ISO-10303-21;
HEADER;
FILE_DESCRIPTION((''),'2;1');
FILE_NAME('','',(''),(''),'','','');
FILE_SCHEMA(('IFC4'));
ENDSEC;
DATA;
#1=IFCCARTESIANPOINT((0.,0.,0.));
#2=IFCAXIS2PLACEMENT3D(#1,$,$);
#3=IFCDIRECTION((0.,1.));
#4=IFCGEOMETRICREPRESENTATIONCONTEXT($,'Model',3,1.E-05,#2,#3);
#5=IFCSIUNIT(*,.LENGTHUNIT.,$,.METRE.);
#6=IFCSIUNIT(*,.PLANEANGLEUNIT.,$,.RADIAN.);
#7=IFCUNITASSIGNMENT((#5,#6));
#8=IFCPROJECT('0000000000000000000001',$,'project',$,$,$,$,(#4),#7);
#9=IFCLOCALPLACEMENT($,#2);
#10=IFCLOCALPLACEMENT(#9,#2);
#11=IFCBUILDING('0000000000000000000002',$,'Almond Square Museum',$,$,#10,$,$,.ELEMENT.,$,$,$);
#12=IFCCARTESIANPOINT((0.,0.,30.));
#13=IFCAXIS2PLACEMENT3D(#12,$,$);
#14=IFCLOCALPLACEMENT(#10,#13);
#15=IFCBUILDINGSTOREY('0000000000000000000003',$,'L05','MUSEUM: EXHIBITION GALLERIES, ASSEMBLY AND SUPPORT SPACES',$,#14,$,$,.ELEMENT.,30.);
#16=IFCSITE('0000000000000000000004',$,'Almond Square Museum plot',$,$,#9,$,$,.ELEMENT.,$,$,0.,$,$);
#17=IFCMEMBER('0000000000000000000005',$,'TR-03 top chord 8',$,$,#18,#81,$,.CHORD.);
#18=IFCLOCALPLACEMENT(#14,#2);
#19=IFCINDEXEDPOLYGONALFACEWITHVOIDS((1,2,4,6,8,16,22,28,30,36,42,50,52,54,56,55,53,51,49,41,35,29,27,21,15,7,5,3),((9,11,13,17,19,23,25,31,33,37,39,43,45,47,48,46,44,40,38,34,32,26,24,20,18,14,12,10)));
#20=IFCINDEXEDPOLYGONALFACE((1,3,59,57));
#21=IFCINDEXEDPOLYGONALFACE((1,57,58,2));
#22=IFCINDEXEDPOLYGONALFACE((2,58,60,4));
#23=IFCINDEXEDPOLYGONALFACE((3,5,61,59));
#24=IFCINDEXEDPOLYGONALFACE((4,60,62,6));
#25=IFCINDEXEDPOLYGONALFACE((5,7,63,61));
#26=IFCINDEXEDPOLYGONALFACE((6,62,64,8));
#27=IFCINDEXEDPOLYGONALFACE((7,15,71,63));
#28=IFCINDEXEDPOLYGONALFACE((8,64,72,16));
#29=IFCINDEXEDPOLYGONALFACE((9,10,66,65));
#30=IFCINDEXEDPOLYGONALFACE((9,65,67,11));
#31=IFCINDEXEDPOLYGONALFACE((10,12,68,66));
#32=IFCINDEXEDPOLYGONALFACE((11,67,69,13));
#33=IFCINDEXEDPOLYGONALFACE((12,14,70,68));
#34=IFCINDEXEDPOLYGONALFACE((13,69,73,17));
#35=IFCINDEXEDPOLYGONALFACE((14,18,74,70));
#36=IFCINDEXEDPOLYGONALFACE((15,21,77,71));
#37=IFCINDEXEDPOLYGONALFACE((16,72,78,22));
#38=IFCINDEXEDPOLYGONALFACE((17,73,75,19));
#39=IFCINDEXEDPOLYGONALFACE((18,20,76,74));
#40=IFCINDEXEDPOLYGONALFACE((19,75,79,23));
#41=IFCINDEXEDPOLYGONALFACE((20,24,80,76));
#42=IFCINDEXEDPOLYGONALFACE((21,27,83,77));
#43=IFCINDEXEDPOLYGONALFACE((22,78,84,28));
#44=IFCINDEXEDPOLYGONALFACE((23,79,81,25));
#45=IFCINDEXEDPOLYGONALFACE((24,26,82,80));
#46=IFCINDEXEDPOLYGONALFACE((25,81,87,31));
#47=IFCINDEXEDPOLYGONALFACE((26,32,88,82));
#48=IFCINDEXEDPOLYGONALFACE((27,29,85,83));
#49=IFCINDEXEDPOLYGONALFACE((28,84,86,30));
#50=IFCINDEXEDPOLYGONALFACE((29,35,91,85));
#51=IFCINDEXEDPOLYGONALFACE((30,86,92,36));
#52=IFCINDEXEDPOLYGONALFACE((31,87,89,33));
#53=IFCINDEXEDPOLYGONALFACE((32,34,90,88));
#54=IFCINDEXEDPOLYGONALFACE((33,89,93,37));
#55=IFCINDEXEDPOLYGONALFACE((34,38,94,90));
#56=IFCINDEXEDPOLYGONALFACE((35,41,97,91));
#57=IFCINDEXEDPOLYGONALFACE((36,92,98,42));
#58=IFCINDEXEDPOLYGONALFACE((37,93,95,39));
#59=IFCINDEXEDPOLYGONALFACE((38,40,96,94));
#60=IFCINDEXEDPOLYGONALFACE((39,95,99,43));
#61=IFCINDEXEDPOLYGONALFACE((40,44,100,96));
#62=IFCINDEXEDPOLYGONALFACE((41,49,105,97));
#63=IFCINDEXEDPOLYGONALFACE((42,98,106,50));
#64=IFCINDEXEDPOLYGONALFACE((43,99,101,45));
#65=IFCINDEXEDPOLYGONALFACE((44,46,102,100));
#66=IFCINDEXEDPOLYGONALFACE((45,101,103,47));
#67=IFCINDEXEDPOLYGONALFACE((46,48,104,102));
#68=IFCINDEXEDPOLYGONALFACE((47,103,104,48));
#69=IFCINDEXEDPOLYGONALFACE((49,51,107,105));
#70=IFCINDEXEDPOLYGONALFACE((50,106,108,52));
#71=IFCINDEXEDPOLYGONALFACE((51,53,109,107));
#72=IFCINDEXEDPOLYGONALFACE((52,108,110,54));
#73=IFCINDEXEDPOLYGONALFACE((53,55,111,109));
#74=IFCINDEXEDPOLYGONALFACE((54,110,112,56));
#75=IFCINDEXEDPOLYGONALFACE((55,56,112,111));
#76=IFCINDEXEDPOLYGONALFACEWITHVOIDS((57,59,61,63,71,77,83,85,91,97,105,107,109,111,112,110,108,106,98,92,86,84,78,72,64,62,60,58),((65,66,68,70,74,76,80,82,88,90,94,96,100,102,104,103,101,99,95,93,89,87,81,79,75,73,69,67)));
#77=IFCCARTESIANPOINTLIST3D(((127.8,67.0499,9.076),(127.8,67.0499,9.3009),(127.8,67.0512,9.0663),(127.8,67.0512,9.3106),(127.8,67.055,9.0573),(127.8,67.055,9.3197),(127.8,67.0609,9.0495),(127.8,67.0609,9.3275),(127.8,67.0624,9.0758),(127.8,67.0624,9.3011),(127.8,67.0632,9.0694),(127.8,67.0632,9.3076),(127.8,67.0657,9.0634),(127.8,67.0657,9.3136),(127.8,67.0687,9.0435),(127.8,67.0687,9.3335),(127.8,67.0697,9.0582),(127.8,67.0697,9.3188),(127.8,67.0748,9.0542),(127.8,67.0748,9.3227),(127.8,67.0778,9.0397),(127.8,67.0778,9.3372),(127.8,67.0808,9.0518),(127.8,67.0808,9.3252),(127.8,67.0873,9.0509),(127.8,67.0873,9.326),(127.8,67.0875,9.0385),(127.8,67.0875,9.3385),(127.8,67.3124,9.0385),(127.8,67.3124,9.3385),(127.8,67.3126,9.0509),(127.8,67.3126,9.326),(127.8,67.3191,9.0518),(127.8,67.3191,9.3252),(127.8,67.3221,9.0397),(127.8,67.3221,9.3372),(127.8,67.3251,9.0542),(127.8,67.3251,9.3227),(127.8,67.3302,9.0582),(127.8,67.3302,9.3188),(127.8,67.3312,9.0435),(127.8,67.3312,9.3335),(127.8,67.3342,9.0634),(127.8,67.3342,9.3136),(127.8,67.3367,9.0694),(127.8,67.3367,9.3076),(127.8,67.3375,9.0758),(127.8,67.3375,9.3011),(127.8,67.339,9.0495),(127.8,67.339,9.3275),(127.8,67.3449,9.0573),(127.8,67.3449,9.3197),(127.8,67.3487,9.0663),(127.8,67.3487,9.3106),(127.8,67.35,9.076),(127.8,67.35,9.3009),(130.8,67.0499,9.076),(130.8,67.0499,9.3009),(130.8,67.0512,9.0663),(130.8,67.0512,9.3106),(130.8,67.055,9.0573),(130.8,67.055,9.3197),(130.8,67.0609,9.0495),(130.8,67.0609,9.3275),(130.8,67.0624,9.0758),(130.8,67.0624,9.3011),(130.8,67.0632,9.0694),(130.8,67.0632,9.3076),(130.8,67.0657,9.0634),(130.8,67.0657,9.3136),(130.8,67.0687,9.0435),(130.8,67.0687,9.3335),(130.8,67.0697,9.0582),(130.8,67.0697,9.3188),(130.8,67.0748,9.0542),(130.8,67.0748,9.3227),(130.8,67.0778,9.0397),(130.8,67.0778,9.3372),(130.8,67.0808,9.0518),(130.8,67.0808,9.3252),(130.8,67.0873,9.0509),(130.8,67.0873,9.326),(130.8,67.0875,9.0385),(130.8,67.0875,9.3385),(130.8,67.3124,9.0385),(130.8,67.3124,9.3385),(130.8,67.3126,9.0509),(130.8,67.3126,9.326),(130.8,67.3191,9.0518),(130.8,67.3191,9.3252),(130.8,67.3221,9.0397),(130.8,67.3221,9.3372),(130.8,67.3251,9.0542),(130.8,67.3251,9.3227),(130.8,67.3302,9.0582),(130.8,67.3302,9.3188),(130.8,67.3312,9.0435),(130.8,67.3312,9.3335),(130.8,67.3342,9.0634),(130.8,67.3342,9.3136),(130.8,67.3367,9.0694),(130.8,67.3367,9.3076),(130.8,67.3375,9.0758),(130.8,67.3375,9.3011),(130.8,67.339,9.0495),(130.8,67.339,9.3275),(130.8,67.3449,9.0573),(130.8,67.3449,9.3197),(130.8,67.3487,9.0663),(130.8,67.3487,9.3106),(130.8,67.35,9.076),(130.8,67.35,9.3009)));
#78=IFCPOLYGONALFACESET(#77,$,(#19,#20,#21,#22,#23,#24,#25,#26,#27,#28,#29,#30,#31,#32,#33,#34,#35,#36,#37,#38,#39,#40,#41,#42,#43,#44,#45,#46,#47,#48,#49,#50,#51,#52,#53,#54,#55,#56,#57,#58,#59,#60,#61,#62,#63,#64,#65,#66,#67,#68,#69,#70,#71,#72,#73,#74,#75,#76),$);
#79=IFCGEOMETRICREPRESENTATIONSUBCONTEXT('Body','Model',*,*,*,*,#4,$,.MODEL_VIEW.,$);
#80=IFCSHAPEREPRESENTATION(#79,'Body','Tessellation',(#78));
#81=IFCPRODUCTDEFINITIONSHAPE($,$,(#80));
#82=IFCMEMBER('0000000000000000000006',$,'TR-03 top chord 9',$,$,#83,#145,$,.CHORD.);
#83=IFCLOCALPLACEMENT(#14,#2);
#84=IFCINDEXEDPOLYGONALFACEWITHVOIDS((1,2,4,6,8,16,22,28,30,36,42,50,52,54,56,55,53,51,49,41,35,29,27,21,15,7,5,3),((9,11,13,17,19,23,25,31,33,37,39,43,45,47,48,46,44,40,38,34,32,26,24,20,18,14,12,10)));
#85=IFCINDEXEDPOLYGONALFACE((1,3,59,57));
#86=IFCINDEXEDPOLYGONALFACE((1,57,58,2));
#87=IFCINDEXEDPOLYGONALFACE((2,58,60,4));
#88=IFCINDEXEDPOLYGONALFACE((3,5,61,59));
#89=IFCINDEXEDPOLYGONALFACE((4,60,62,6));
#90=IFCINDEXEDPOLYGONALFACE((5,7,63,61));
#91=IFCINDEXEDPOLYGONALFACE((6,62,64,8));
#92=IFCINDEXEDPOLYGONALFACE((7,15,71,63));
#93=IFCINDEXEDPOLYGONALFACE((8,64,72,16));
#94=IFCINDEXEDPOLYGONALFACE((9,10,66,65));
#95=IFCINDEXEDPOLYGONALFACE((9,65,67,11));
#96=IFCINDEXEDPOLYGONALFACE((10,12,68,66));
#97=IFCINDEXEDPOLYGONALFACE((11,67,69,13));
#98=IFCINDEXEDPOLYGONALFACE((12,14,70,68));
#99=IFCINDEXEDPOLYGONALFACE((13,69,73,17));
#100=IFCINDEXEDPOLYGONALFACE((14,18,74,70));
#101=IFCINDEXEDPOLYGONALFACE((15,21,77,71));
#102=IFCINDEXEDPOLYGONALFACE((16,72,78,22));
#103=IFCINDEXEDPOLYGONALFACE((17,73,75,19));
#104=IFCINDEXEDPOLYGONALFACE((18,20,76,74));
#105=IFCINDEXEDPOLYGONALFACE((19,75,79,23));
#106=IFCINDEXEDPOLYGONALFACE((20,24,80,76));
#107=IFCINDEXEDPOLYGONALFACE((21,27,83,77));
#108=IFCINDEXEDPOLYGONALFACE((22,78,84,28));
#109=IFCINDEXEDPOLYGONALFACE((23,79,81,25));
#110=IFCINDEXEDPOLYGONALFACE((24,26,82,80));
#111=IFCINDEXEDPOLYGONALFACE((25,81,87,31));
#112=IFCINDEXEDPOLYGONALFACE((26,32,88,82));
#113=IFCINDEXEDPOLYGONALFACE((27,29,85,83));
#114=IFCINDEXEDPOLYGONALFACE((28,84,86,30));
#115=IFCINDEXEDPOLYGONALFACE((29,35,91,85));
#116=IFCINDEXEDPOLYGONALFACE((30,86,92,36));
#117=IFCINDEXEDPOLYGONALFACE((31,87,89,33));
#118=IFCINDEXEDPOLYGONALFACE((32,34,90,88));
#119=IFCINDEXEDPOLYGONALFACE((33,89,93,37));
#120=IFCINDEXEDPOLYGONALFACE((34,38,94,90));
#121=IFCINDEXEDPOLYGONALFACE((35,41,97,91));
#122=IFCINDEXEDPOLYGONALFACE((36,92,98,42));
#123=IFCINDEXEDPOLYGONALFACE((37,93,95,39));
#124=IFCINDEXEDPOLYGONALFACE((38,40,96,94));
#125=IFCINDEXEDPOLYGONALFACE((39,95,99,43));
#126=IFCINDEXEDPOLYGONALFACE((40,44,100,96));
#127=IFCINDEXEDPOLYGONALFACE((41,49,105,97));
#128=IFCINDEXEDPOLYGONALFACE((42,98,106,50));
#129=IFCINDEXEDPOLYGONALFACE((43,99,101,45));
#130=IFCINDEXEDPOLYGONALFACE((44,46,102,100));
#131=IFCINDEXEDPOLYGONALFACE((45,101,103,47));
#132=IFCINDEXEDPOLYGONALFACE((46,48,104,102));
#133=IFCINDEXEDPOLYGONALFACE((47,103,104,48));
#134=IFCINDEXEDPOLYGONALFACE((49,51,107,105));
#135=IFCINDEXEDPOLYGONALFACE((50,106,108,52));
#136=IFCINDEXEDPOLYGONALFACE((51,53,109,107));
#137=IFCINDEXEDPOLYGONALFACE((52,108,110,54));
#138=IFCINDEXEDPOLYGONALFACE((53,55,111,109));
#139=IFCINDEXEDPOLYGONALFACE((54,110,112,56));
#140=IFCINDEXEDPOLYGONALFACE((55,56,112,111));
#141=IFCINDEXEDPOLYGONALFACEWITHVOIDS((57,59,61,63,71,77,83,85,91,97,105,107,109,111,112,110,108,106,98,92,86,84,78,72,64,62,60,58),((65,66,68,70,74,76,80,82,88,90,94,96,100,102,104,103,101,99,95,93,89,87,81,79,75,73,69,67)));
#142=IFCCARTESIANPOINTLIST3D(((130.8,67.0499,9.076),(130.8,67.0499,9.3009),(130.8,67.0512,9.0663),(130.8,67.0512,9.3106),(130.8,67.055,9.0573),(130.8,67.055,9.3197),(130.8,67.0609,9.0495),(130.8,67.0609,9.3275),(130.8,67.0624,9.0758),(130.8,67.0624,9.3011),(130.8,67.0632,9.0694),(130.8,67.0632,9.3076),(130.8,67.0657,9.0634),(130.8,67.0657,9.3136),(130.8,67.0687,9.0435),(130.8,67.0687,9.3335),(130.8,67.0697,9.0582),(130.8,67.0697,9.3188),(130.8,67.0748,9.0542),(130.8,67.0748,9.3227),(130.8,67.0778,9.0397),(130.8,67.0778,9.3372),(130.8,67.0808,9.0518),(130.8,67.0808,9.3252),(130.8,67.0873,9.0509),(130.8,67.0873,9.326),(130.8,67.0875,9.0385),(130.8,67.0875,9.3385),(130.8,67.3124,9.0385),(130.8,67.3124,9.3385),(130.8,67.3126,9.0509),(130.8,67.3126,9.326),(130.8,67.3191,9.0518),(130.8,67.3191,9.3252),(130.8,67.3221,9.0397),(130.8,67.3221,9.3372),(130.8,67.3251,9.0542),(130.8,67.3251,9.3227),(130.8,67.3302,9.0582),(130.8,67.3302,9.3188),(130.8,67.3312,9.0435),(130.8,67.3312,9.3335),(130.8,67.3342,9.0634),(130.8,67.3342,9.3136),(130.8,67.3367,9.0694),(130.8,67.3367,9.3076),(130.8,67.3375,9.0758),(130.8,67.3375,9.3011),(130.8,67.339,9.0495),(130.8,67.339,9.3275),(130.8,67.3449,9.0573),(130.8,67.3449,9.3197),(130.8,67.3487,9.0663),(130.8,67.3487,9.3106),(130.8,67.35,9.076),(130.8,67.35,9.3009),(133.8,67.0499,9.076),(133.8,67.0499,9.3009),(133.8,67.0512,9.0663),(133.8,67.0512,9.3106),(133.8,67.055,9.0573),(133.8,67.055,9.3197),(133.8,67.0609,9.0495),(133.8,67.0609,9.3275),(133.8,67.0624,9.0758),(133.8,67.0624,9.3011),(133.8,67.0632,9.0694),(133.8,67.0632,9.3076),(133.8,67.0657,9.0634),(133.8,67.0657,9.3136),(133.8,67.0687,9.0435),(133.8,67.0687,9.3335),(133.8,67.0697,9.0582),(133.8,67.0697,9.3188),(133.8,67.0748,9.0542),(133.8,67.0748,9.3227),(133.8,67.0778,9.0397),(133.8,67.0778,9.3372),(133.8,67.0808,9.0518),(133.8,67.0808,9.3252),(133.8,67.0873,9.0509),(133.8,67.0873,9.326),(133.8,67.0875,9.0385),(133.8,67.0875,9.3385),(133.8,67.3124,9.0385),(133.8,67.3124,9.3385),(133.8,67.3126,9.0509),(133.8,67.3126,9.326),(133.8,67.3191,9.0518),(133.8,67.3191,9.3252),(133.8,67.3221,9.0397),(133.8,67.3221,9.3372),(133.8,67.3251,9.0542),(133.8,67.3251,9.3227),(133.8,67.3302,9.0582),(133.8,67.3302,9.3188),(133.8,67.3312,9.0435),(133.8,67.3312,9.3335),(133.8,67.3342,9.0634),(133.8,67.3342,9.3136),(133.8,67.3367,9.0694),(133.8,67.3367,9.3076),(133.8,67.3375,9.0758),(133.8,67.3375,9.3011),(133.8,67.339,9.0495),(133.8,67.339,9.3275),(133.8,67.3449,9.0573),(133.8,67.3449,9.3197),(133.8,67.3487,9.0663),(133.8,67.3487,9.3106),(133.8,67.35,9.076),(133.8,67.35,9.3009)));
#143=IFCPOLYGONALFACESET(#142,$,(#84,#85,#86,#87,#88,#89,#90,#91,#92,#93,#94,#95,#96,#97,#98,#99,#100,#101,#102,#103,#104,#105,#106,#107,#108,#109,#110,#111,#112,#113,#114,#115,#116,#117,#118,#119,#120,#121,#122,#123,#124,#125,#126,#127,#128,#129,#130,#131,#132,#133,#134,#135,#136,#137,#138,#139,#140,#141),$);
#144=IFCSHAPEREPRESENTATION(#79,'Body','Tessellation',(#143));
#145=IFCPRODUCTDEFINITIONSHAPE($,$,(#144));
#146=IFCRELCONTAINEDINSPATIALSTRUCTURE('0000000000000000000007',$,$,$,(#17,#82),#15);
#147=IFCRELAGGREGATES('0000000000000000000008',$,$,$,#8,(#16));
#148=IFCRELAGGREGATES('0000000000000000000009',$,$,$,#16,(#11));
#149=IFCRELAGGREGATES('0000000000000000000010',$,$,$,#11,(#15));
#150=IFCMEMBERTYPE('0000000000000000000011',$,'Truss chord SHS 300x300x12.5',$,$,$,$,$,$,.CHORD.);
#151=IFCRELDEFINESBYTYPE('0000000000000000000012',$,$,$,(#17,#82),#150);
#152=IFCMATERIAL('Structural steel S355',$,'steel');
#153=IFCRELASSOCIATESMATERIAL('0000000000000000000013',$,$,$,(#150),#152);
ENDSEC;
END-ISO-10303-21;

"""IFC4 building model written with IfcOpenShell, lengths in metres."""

from ifc_helpers import new_model, si_unit, direction, frame, origin, origin_2d, place, context, subcontext, project, spatial, hollow_rectangle, extrude, material, material_profile, profile_set, type_object, element, save


model = new_model("IFC4")

# Units and contexts
model_context = context("Model", 3, precision=1e-05, world=origin(), true_north=direction((0.0, 1.0)))
body_context = subcontext(model_context, "Body", "Model", "MODEL_VIEW")
ifc_project = project(units=[si_unit("LENGTHUNIT", "METRE"), si_unit("PLANEANGLEUNIT", "RADIAN")], contexts=[model_context])

# Site, building, storey
site_placement = place(None, origin())
site = spatial("IfcSite", under=ifc_project, at=site_placement, Name="Almond Square Museum plot", CompositionType="ELEMENT", RefElevation=0.0)
building_placement = place(site_placement, origin())
building = spatial("IfcBuilding", under=site, at=building_placement, Name="Almond Square Museum", CompositionType="ELEMENT")
storey_placement = place(building_placement, frame((0.0, 0.0, 30.0)))
storey = spatial("IfcBuildingStorey", under=building, at=storey_placement, Name="L05", Description="MUSEUM: EXHIBITION GALLERIES, ASSEMBLY AND SUPPORT SPACES", CompositionType="ELEMENT", Elevation=30.0)

# Members
ifc_material_1 = material(Name="Structural steel S355", Category="steel")
ifc_material_profile_1 = material_profile(ifc_material_1, hollow_rectangle(XDim=0.3, YDim=0.3, WallThickness=0.0125, InnerFilletRadius=0.0249, OuterFilletRadius=0.0376, at=origin_2d()))
ifc_profile_set_1 = profile_set([ifc_material_profile_1], Name="Structural steel S355")
member_type_1 = type_object("IfcMemberType", Name="Truss chord SHS 300x300x12.5", PredefinedType="CHORD", material=ifc_profile_set_1)
for number, where, z_axis, x_axis, name in (
    (1, (127.8, 67.2, 9.1885), (1.0, 0.0, 0.0), (0.0, 1.0, 0.0), "TR-03 top chord 8"),
    (2, (130.8, 67.2, 9.1885), (1.0, 0.0, 0.0), (0.0, 1.0, 0.0), "TR-03 top chord 9"),
):
    element("IfcMember", number, at=place(storey_placement, frame(where, z_axis=z_axis, x_axis=x_axis)), inside=storey, type_object=member_type_1, Name=name, PredefinedType="CHORD", context=body_context, shape_type="SweptSolid", body=[
        extrude(hollow_rectangle(XDim=0.3, YDim=0.3, WallThickness=0.0125, InnerFilletRadius=0.0249, OuterFilletRadius=0.0376, at=origin_2d()), origin(), (0.0, 0.0, 1.0), 3.0),
    ])

save(model, "model.ifc")
